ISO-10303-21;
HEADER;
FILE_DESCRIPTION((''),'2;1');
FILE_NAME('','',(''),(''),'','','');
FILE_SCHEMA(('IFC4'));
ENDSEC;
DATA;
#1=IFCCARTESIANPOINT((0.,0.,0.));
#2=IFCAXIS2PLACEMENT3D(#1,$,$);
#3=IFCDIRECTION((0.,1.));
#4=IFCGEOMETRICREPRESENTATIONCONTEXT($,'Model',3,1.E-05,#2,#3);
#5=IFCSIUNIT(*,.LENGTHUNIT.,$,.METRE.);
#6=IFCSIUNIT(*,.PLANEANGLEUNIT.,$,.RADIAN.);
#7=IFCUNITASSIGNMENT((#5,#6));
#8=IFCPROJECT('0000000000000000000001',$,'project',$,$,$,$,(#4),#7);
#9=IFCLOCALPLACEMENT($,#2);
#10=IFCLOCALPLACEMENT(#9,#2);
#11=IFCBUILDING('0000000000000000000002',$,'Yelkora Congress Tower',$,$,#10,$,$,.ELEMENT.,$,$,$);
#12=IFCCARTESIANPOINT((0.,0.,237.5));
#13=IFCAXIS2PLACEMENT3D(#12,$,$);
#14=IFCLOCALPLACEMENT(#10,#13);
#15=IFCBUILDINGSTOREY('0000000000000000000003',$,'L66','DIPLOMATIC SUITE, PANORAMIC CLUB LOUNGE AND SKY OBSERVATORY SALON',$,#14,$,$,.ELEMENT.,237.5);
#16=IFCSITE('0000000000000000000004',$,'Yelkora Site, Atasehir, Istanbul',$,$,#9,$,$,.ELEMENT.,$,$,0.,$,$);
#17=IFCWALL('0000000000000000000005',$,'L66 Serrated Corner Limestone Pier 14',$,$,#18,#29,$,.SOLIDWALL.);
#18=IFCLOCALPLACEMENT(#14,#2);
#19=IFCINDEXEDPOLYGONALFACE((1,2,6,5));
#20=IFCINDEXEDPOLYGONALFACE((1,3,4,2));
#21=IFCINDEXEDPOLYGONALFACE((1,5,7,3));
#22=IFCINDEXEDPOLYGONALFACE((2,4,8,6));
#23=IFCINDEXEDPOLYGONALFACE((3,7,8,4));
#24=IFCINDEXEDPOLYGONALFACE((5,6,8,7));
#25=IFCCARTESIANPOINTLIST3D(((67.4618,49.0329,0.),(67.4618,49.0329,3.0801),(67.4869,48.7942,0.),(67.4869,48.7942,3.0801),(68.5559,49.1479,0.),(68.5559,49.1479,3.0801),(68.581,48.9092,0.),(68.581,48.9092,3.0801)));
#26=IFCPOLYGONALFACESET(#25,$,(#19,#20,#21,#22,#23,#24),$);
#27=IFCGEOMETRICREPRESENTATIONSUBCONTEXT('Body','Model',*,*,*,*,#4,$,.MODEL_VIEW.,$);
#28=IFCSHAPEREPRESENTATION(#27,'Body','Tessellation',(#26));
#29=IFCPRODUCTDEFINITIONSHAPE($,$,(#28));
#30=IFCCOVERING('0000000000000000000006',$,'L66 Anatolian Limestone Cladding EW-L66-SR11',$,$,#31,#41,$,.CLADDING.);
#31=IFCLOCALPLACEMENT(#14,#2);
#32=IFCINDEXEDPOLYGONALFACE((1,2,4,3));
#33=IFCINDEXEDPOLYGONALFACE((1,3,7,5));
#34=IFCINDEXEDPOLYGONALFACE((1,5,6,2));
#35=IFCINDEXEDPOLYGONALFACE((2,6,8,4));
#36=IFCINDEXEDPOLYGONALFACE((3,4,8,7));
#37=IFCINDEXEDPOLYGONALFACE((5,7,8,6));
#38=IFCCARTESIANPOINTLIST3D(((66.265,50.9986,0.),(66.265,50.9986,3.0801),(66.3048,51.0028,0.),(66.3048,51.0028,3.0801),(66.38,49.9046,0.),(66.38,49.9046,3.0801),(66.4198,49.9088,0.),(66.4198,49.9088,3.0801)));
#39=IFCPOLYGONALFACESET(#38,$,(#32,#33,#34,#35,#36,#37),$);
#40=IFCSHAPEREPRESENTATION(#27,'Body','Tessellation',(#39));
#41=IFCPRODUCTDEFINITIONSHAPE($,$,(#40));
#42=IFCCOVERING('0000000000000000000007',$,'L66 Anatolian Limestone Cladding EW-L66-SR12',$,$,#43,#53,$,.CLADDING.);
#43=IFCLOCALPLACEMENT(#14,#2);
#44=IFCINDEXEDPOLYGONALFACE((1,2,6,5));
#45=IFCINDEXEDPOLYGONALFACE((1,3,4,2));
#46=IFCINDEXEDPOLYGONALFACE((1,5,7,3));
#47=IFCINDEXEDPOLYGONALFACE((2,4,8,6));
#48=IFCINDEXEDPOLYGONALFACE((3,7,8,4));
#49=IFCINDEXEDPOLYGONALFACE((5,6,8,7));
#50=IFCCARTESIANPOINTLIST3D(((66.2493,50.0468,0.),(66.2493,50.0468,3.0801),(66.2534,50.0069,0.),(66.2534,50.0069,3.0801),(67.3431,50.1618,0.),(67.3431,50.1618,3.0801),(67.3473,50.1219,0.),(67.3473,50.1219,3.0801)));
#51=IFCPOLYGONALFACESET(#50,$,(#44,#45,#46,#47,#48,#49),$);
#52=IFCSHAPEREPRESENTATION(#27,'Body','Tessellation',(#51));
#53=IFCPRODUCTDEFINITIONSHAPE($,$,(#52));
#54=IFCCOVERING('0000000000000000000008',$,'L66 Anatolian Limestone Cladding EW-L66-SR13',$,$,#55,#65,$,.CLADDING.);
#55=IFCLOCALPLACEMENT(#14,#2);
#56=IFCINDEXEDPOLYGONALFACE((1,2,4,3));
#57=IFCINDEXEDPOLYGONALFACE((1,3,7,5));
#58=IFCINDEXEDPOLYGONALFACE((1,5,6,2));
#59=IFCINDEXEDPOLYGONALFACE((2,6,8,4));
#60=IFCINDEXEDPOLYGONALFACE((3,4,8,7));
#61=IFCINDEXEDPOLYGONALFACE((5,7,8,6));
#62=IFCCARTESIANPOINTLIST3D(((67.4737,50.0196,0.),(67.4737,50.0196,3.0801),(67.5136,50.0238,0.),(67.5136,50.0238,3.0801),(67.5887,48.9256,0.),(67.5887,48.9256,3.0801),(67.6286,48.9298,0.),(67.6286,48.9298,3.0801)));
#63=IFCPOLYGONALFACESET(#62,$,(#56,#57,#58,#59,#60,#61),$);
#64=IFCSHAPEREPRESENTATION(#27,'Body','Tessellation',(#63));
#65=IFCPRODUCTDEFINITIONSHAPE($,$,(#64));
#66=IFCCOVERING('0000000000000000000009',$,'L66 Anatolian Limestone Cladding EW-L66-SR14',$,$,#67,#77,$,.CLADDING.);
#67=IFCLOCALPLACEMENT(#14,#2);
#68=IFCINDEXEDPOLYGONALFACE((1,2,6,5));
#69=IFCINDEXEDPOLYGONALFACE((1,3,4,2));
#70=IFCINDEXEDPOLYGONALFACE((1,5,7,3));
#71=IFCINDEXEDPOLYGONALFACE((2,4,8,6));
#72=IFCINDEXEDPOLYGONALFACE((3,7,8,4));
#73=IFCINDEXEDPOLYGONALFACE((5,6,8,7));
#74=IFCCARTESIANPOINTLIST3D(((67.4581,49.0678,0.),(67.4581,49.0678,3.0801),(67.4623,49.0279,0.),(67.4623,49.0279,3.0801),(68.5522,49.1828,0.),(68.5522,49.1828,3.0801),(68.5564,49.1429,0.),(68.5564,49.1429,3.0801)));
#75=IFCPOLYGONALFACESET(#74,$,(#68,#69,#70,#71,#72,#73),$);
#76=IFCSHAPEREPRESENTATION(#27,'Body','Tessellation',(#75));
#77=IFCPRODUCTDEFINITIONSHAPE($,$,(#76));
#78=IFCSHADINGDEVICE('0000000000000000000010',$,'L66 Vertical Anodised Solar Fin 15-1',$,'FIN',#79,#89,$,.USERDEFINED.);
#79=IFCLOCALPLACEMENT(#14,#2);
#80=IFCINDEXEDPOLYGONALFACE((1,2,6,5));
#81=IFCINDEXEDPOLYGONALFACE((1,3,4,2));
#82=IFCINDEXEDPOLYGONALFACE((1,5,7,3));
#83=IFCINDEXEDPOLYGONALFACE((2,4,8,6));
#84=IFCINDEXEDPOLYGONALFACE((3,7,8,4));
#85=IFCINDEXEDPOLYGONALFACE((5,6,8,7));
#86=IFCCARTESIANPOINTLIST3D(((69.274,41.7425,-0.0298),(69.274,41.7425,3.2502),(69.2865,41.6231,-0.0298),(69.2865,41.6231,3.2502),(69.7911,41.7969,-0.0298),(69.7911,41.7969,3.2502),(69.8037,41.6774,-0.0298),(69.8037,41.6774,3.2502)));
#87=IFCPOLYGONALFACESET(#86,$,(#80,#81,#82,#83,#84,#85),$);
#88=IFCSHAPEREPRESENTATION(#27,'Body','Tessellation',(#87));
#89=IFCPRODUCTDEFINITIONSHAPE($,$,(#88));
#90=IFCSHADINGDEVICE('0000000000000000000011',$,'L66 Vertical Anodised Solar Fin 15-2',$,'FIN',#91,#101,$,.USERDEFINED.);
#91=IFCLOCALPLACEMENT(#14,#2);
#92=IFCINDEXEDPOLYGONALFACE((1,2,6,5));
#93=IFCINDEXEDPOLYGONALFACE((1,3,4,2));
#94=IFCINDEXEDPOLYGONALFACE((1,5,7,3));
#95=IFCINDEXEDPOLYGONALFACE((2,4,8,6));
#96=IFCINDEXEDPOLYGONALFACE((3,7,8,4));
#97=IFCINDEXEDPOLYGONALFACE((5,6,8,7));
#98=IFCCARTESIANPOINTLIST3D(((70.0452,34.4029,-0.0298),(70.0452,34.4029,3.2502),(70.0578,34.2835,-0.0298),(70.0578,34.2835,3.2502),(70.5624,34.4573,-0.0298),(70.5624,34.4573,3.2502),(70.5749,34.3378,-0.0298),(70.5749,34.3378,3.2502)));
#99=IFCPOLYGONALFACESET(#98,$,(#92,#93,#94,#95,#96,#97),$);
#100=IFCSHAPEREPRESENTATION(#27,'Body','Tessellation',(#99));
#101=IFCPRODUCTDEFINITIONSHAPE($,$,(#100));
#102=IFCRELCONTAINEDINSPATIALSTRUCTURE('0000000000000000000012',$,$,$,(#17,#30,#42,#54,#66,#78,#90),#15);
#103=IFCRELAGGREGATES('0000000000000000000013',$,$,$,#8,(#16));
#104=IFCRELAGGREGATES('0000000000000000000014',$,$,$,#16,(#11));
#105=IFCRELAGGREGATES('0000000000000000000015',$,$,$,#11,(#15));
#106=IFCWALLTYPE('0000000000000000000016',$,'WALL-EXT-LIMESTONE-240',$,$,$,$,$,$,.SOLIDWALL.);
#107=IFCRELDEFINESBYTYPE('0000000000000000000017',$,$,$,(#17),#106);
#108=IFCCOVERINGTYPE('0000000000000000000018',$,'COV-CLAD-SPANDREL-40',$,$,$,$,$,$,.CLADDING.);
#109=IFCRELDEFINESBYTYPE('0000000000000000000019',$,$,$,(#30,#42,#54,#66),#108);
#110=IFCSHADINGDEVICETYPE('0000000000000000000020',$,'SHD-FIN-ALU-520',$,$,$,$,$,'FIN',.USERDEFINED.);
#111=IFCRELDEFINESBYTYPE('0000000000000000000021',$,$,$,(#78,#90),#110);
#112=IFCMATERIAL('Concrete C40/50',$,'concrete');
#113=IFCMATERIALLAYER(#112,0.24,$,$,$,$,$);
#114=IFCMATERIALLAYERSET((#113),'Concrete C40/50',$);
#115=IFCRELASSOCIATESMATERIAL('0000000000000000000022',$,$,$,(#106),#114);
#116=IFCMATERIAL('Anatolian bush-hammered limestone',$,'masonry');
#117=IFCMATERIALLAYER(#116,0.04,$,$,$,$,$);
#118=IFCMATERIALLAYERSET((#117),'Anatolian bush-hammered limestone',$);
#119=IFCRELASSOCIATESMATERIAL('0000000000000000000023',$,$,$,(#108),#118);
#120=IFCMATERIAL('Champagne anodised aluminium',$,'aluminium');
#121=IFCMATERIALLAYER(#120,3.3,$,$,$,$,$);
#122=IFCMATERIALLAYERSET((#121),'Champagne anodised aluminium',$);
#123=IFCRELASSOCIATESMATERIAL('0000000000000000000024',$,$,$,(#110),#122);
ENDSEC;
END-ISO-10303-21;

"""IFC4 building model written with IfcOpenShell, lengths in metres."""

from ifc_helpers import new_model, si_unit, direction, frame, frame_2d, origin, origin_2d, place, context, subcontext, project, spatial, rectangle, extrude, material, layer, layer_set, type_object, element, save


model = new_model("IFC4")

# Units and contexts
model_context = context("Model", 3, precision=1e-05, world=origin(), true_north=direction((0.0, 1.0)))
body_context = subcontext(model_context, "Body", "Model", "MODEL_VIEW")
ifc_project = project(units=[si_unit("LENGTHUNIT", "METRE"), si_unit("PLANEANGLEUNIT", "RADIAN")], contexts=[model_context])

# Site, building, storey
site_placement = place(None, origin())
site = spatial("IfcSite", under=ifc_project, at=site_placement, Name="Yelkora Site, Atasehir, Istanbul", CompositionType="ELEMENT", RefElevation=0.0)
building_placement = place(site_placement, origin())
building = spatial("IfcBuilding", under=site, at=building_placement, Name="Yelkora Congress Tower", CompositionType="ELEMENT")
storey_placement = place(building_placement, frame((0.0, 0.0, 237.5)))
storey = spatial("IfcBuildingStorey", under=building, at=storey_placement, Name="L66", Description="DIPLOMATIC SUITE, PANORAMIC CLUB LOUNGE AND SKY OBSERVATORY SALON", CompositionType="ELEMENT", Elevation=237.5)

# Wall
ifc_material_1 = material(Name="Concrete C40/50", Category="concrete")
ifc_layer_1 = layer(ifc_material_1, 0.24)
ifc_layer_set_1 = layer_set([ifc_layer_1], Name="Concrete C40/50")
wall_type = type_object("IfcWallType", Name="WALL-EXT-LIMESTONE-240", PredefinedType="SOLIDWALL", material=ifc_layer_set_1)
for number, where, z_axis, x_axis, name in (
    (1, (67.4744, 48.9136, 0.0), (0.0, 0.0, 1.0), (0.994521, 0.104535, 0.0), "L66 Serrated Corner Limestone Pier 14"),
):
    element("IfcWall", number, at=place(storey_placement, frame(where, z_axis=z_axis, x_axis=x_axis)), inside=storey, type_object=wall_type, Name=name, PredefinedType="SOLIDWALL", context=body_context, shape_type="SweptSolid", body=[
        extrude(rectangle(XDim=1.1001, YDim=0.24, at=frame_2d((0.55, 0.0))), origin(), (0.0, 0.0, 1.0), 3.0801),
    ])

# Coverings
ifc_material_2 = material(Name="Anatolian bush-hammered limestone", Category="masonry")
ifc_layer_2 = layer(ifc_material_2, 0.04)
ifc_layer_set_2 = layer_set([ifc_layer_2], Name="Anatolian bush-hammered limestone")
covering_type = type_object("IfcCoveringType", Name="COV-CLAD-SPANDREL-40", PredefinedType="CLADDING", material=ifc_layer_set_2)
covering_1_placement = place(storey_placement, frame((66.2849, 51.0007, 0.0), z_axis=(0.0, 0.0, 1.0), x_axis=(0.104535, -0.994521, 0.0)))
element("IfcCovering", 2, at=covering_1_placement, inside=storey, type_object=covering_type, Name="L66 Anatolian Limestone Cladding EW-L66-SR11", PredefinedType="CLADDING", context=body_context, shape_type="SweptSolid", body=[
    extrude(rectangle(XDim=1.1001, YDim=0.04, at=frame_2d((0.55, 0.0))), origin(), (0.0, 0.0, 1.0), 3.0801),
])
covering_2_placement = place(storey_placement, frame((66.2515, 50.0269, 0.0), z_axis=(0.0, 0.0, 1.0), x_axis=(0.994519, 0.104558, 0.0)))
element("IfcCovering", 3, at=covering_2_placement, inside=storey, type_object=covering_type, Name="L66 Anatolian Limestone Cladding EW-L66-SR12", PredefinedType="CLADDING", context=body_context, shape_type="SweptSolid", body=[
    extrude(rectangle(XDim=1.0999, YDim=0.04, at=frame_2d((0.5498, 0.0))), origin(), (0.0, 0.0, 1.0), 3.0801),
])
for number, where, z_axis, x_axis, name in (
    (4, (67.4937, 50.0217, 0.0), (0.0, 0.0, 1.0), (0.104535, -0.994521, 0.0), "L66 Anatolian Limestone Cladding EW-L66-SR13"),
    (5, (67.4602, 49.0479, 0.0), (0.0, 0.0, 1.0), (0.994521, 0.104535, 0.0), "L66 Anatolian Limestone Cladding EW-L66-SR14"),
):
    element("IfcCovering", number, at=place(storey_placement, frame(where, z_axis=z_axis, x_axis=x_axis)), inside=storey, type_object=covering_type, Name=name, PredefinedType="CLADDING", context=body_context, shape_type="SweptSolid", body=[
        extrude(rectangle(XDim=1.1001, YDim=0.04, at=frame_2d((0.55, 0.0))), origin(), (0.0, 0.0, 1.0), 3.0801),
    ])

# Shading devices
ifc_material_3 = material(Name="Champagne anodised aluminium", Category="aluminium")
ifc_layer_3 = layer(ifc_material_3, 3.3)
ifc_layer_set_3 = layer_set([ifc_layer_3], Name="Champagne anodised aluminium")
shading_device_type = type_object("IfcShadingDeviceType", Name="SHD-FIN-ALU-520", ElementType="FIN", PredefinedType="USERDEFINED", material=ifc_layer_set_3)
for number, where, z_axis, x_axis, name in (
    (6, (69.5388, 41.71, -0.0298), (0.0, 0.0, 1.0), (0.104528, -0.994522, 0.0), "L66 Vertical Anodised Solar Fin 15-1"),
    (7, (70.3101, 34.3704, -0.0298), (0.0, 0.0, 1.0), (0.104528, -0.994522, 0.0), "L66 Vertical Anodised Solar Fin 15-2"),
):
    element("IfcShadingDevice", number, at=place(storey_placement, frame(where, z_axis=z_axis, x_axis=x_axis)), inside=storey, type_object=shading_device_type, Name=name, ObjectType="FIN", PredefinedType="USERDEFINED", context=body_context, shape_type="SweptSolid", body=[
        extrude(rectangle(XDim=0.1201, YDim=0.52, at=origin_2d()), origin(), (0.0, 0.0, 1.0), 3.28),
    ])

save(model, "model.ifc")
